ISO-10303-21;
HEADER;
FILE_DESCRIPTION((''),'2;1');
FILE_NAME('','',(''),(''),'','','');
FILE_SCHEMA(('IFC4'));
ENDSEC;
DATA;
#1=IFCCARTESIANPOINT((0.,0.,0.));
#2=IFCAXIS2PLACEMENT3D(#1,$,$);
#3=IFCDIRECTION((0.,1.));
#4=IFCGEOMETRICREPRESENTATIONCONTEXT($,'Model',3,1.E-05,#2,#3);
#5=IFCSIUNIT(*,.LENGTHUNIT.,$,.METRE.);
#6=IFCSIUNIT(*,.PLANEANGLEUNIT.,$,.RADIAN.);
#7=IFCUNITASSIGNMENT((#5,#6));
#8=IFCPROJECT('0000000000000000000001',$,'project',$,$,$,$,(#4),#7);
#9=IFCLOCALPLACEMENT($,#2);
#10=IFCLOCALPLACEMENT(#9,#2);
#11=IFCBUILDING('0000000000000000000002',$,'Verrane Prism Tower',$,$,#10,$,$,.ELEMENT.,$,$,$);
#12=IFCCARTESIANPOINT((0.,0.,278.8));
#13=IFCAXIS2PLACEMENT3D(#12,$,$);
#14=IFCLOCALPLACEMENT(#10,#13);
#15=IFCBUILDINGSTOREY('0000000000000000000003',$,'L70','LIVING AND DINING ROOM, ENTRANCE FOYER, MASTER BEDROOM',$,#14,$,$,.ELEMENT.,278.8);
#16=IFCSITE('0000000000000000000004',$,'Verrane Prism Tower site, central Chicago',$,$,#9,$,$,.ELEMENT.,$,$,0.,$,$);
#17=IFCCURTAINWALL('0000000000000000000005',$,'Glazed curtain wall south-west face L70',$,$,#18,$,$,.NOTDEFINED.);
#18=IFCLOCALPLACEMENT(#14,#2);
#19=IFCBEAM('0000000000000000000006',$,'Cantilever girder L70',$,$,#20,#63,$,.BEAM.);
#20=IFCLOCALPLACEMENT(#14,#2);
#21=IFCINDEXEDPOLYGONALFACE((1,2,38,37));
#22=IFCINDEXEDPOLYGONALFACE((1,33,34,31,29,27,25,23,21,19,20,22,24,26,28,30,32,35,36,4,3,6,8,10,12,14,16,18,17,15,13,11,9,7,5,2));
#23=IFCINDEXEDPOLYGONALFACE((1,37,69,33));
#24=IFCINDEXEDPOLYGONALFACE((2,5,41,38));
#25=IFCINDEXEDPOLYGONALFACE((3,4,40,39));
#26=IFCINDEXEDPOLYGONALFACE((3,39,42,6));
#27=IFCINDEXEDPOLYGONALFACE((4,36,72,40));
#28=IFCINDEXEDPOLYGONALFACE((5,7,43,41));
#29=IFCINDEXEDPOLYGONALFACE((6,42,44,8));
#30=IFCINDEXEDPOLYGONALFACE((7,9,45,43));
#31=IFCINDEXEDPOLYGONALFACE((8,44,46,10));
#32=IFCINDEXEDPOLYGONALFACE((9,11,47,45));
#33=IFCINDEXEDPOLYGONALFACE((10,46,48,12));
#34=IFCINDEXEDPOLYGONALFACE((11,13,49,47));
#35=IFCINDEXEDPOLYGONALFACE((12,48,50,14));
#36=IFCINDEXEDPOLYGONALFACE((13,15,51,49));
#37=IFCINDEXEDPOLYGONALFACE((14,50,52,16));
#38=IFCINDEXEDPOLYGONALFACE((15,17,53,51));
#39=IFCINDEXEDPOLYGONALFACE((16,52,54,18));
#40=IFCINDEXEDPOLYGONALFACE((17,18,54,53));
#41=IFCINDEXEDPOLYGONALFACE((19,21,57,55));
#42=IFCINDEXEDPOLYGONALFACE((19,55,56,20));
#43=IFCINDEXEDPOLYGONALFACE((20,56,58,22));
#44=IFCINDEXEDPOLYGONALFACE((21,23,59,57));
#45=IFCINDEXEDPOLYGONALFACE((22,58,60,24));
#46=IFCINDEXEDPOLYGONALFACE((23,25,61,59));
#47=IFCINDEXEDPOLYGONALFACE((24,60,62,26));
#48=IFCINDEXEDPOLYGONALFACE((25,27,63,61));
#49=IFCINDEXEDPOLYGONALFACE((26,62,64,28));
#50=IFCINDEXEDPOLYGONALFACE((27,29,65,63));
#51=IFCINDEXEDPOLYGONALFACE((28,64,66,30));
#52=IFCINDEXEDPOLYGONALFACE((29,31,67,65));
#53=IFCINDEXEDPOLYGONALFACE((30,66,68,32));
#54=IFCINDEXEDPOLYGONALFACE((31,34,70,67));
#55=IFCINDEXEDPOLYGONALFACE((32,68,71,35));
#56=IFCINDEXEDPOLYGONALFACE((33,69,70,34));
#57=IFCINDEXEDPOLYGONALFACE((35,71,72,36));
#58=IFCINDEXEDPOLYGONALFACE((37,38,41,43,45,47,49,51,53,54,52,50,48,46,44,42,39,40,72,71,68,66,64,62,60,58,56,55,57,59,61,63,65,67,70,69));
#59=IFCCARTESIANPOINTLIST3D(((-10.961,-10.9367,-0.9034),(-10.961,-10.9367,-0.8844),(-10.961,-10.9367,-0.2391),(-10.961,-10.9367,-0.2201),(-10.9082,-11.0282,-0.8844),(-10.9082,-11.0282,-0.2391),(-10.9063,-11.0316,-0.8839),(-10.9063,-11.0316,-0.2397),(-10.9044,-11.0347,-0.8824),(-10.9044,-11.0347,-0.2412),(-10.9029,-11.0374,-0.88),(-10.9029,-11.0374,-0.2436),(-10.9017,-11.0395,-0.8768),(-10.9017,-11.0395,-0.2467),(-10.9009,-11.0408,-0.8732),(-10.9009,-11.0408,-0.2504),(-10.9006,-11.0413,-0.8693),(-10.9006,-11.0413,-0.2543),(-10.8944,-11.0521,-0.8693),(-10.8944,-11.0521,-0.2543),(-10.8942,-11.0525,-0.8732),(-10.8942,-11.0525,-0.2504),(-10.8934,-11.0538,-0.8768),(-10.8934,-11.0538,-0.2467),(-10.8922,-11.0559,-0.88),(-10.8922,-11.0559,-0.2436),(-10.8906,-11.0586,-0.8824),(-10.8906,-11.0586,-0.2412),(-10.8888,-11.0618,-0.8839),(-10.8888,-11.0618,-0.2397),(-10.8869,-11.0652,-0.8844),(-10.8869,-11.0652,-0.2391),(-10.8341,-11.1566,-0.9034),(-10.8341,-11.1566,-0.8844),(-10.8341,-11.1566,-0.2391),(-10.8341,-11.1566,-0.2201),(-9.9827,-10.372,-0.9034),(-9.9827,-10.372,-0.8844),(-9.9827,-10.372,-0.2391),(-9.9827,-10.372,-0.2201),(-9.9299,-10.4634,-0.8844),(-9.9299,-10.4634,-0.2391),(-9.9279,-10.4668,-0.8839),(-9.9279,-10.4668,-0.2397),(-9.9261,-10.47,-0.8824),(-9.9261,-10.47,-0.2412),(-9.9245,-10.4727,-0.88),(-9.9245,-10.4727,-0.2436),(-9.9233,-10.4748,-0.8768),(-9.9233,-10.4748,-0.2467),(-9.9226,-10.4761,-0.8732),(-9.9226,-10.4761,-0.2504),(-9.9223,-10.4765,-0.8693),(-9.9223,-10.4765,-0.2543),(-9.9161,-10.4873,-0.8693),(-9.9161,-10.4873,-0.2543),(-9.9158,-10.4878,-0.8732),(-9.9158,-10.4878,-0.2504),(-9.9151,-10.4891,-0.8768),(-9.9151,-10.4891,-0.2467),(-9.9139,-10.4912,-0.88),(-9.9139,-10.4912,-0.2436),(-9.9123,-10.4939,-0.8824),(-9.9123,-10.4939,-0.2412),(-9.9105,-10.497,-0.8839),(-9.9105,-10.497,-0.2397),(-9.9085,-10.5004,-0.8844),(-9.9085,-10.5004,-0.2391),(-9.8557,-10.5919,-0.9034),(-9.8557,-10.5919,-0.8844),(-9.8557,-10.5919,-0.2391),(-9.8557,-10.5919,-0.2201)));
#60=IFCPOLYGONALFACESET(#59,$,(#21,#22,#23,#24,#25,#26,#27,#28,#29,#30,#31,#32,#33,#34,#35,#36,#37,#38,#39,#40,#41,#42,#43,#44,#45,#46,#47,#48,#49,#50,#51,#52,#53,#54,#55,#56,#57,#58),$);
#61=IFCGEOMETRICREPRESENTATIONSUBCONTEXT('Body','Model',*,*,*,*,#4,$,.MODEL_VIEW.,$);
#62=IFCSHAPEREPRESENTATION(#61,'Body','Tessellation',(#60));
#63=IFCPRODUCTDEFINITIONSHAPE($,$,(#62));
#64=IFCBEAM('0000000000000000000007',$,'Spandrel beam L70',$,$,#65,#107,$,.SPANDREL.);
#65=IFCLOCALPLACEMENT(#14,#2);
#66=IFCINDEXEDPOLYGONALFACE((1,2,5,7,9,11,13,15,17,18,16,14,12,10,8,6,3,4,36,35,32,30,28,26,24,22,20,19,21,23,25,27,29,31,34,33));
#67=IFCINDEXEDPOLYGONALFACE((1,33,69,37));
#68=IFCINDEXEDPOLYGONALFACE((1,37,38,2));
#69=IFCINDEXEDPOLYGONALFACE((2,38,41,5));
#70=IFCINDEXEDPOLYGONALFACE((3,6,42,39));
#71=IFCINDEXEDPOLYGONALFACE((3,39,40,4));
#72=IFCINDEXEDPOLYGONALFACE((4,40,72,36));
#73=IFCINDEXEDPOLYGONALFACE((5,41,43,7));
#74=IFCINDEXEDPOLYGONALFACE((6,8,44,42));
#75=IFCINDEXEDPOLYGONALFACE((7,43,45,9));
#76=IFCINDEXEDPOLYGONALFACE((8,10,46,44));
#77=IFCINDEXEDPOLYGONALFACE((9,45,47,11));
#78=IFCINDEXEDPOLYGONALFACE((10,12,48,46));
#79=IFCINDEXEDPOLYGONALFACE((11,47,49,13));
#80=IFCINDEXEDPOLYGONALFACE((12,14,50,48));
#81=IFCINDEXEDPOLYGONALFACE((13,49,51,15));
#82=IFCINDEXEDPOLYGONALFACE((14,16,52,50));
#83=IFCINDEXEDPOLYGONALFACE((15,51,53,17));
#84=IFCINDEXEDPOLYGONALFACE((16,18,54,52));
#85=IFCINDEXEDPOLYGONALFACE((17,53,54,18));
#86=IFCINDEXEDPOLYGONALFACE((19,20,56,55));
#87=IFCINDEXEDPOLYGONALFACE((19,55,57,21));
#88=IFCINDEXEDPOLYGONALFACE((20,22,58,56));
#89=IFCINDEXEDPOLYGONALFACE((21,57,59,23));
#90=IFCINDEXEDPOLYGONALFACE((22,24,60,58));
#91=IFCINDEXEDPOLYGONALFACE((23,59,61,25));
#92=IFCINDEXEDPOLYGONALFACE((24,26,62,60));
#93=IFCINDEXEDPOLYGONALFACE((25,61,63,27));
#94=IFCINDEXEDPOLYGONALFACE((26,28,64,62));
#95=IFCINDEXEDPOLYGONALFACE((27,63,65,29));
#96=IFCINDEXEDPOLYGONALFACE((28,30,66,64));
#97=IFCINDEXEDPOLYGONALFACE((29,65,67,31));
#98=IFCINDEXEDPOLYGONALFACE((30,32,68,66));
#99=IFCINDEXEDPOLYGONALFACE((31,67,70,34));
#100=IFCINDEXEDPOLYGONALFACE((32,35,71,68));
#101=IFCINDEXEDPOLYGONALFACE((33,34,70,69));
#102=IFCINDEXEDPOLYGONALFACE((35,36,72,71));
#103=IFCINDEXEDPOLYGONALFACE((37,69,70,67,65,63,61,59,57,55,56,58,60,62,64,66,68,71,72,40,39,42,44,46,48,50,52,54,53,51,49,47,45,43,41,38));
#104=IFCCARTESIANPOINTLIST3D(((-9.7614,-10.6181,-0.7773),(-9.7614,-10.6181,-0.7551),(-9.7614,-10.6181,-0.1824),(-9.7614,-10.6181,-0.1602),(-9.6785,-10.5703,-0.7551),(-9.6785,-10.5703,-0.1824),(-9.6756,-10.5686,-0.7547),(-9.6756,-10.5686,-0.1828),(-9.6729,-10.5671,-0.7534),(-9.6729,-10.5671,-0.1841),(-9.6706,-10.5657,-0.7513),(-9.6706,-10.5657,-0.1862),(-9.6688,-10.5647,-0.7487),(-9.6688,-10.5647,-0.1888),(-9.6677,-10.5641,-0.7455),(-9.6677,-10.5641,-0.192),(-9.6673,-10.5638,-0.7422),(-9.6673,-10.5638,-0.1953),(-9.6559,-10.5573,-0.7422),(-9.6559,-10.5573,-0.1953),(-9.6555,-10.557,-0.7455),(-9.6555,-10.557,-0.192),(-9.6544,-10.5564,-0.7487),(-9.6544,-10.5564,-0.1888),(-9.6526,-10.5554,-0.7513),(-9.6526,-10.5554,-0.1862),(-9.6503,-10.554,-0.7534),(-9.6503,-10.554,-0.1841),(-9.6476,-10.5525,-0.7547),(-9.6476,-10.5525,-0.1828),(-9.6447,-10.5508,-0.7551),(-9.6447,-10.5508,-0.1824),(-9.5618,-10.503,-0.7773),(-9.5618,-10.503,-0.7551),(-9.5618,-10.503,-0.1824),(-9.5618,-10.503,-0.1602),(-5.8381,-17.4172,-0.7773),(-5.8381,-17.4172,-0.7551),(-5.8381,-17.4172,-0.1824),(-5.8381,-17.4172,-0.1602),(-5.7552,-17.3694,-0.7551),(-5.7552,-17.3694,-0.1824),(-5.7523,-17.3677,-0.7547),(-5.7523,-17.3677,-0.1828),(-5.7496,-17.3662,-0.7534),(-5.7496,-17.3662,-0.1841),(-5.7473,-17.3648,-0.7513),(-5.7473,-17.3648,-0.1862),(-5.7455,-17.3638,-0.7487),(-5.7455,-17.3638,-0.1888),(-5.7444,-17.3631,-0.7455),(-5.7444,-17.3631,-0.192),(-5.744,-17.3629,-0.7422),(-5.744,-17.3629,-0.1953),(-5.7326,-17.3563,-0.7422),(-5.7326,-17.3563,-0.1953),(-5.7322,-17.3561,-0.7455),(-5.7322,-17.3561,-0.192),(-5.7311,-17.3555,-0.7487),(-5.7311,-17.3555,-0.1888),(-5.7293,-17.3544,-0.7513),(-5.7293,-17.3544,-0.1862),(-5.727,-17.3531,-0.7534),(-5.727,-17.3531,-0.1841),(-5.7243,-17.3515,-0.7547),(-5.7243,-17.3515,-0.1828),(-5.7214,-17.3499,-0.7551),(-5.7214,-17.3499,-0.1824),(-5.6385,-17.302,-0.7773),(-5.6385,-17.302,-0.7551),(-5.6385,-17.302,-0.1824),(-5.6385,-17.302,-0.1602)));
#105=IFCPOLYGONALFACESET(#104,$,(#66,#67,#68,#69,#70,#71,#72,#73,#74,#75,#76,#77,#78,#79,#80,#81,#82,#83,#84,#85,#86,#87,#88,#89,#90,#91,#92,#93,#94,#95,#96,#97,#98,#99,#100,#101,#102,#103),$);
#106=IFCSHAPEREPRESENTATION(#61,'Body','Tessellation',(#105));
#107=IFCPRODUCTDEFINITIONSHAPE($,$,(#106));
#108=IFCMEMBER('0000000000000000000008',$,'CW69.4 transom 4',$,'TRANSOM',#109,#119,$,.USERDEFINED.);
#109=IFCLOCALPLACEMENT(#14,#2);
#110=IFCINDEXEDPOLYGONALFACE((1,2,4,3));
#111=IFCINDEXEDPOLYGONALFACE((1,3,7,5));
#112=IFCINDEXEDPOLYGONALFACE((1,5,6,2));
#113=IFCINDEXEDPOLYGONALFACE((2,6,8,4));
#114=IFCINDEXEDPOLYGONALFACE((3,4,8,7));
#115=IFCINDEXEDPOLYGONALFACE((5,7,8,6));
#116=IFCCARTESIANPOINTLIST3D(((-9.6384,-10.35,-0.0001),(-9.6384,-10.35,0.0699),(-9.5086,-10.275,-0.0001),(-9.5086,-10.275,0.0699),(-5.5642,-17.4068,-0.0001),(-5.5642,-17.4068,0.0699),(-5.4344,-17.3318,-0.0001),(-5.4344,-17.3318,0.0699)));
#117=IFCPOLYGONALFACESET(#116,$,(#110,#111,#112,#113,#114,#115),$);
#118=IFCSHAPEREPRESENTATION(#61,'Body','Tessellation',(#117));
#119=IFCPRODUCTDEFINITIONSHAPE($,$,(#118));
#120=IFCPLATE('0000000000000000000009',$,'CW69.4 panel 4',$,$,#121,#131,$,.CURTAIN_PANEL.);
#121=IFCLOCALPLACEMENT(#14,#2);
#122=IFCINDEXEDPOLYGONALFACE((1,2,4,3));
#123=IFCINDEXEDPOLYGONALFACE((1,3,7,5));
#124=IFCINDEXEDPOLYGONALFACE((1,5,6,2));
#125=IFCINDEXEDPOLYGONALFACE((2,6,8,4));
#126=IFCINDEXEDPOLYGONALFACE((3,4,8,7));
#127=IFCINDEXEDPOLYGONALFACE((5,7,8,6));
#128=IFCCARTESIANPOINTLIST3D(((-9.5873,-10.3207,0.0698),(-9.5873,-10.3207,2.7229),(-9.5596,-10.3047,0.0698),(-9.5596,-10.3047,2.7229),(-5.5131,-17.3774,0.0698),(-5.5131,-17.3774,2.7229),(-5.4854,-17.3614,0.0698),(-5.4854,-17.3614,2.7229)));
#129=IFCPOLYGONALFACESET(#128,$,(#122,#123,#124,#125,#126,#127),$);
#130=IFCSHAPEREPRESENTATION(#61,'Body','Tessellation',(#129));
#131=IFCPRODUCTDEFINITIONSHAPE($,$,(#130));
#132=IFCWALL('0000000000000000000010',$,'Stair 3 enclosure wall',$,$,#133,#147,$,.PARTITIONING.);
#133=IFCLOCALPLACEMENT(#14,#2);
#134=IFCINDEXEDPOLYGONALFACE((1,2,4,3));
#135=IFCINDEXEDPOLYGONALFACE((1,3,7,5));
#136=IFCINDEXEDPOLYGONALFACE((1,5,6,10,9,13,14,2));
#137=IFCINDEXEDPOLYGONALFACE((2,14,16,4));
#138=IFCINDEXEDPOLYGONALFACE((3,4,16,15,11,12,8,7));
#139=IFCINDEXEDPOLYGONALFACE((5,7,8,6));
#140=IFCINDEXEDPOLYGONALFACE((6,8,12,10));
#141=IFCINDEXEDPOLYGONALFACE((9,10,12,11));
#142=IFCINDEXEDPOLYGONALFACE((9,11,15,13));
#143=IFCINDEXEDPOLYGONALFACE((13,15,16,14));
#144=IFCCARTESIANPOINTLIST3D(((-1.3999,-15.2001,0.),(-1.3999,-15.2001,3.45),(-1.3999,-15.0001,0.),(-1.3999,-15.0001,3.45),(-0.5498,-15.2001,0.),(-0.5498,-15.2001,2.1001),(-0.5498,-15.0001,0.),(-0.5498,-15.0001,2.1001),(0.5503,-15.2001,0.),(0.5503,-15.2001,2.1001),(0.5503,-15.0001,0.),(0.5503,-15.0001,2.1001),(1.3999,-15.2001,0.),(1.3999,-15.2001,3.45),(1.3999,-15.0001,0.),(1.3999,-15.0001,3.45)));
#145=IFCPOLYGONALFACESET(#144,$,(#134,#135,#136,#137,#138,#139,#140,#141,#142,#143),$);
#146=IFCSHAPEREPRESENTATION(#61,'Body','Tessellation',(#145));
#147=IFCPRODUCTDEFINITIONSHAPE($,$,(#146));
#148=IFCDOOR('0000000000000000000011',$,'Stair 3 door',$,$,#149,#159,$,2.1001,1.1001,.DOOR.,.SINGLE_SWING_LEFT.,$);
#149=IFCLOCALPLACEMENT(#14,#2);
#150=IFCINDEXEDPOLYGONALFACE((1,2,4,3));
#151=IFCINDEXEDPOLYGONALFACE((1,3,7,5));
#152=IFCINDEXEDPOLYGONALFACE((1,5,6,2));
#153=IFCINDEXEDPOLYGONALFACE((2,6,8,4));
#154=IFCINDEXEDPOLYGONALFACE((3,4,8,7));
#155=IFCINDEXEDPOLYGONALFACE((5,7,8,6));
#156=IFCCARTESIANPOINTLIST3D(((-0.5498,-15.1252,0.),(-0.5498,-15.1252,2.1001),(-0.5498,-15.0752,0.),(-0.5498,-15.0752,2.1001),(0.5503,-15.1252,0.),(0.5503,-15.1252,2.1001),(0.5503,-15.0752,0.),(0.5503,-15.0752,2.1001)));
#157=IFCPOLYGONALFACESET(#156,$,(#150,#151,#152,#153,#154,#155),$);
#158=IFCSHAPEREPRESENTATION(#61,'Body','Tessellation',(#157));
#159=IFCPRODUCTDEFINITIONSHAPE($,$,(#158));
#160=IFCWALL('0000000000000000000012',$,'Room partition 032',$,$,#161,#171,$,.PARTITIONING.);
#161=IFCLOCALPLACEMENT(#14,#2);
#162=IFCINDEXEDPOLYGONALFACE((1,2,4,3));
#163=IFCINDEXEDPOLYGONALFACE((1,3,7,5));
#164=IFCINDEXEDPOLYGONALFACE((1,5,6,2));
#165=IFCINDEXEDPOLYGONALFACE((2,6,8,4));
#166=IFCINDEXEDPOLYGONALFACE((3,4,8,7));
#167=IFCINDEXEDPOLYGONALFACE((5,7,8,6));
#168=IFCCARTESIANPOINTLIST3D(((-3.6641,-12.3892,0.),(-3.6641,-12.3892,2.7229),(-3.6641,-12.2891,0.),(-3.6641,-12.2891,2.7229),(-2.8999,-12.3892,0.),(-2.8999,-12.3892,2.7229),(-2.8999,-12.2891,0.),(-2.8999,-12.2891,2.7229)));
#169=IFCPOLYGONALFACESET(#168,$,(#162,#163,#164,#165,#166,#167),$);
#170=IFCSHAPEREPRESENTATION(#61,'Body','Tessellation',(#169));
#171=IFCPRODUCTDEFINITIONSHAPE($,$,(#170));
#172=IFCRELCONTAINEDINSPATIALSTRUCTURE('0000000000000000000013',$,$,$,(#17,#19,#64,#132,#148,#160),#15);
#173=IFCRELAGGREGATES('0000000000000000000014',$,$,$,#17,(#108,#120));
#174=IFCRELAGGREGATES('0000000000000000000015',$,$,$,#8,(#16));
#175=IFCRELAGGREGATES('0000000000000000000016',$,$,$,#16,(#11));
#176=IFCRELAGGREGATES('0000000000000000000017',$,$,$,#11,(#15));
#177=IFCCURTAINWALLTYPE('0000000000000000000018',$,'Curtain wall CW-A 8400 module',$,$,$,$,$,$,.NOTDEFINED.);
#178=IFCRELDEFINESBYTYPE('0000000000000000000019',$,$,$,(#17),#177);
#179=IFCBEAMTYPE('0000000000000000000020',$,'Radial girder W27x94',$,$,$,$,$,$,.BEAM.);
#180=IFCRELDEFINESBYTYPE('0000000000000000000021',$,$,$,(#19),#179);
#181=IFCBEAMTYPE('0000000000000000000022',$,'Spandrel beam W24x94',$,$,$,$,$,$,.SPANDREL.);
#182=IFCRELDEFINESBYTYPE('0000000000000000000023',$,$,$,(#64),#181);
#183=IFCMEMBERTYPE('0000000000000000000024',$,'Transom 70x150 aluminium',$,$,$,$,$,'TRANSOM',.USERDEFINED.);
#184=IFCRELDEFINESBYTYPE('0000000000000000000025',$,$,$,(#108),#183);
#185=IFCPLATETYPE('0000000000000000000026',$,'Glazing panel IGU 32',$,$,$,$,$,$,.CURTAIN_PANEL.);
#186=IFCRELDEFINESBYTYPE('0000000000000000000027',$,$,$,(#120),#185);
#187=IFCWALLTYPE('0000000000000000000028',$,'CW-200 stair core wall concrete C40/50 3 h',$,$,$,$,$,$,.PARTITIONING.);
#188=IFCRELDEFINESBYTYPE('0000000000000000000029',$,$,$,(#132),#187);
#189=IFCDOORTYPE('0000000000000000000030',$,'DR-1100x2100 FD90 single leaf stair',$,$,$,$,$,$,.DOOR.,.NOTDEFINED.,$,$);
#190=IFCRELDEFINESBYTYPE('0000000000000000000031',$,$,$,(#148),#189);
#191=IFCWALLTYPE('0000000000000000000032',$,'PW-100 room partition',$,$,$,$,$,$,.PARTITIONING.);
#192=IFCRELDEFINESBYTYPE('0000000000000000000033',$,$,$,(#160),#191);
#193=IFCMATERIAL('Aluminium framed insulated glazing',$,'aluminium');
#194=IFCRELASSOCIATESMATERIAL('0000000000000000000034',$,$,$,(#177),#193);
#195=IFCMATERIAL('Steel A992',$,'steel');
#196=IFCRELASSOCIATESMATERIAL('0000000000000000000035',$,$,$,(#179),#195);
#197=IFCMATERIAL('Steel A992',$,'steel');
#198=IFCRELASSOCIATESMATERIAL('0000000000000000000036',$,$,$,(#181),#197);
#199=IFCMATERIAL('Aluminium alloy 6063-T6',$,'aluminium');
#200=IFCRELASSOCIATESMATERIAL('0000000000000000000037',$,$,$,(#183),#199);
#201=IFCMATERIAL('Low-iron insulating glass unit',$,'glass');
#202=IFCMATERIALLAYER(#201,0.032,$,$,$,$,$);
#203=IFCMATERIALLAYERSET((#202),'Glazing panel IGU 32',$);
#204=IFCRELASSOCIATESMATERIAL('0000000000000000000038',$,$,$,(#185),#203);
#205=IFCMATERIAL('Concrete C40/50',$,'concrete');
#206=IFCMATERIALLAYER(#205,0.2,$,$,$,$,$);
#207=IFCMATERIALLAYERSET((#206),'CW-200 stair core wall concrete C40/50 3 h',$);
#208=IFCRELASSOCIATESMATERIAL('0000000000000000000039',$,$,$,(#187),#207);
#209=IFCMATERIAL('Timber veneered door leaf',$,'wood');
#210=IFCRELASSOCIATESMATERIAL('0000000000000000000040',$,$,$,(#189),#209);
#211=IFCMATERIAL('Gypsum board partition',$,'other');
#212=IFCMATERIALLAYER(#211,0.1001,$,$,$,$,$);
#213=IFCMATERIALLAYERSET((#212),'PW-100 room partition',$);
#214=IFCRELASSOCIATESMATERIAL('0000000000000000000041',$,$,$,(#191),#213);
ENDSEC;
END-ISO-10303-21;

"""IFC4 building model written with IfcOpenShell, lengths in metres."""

from ifc_helpers import new_model, si_unit, direction, frame, frame_2d, origin, origin_2d, place, context, subcontext, project, spatial, rectangle, i_section, extrude, material, layer, layer_set, material_profile, profile_set, type_object, element, fill, aggregate, save


model = new_model("IFC4")

# Units and contexts
model_context = context("Model", 3, precision=1e-05, world=origin(), true_north=direction((0.0, 1.0)))
body_context = subcontext(model_context, "Body", "Model", "MODEL_VIEW")
ifc_project = project(units=[si_unit("LENGTHUNIT", "METRE"), si_unit("PLANEANGLEUNIT", "RADIAN")], contexts=[model_context])

# Site, building, storey
site_placement = place(None, origin())
site = spatial("IfcSite", under=ifc_project, at=site_placement, Name="Verrane Prism Tower site, central Chicago", CompositionType="ELEMENT", RefElevation=0.0)
building_placement = place(site_placement, origin())
building = spatial("IfcBuilding", under=site, at=building_placement, Name="Verrane Prism Tower", CompositionType="ELEMENT")
storey_placement = place(building_placement, frame((0.0, 0.0, 278.8)))
storey = spatial("IfcBuildingStorey", under=building, at=storey_placement, Name="L70", Description="LIVING AND DINING ROOM, ENTRANCE FOYER, MASTER BEDROOM", CompositionType="ELEMENT", Elevation=278.8)

# Curtain wall
ifc_material_1 = material(Name="Aluminium framed insulated glazing", Category="aluminium")
curtain_wall_type = type_object("IfcCurtainWallType", Name="Curtain wall CW-A 8400 module", PredefinedType="NOTDEFINED", material=ifc_material_1)
curtain_wall_placement = place(storey_placement, origin())
curtain_wall = element("IfcCurtainWall", 1, at=curtain_wall_placement, inside=storey, type_object=curtain_wall_type, Name="Glazed curtain wall south-west face L70", PredefinedType="NOTDEFINED")

# Beams
ifc_material_2 = material(Name="Steel A992", Category="steel")
ifc_material_profile_1 = material_profile(ifc_material_2, i_section(OverallWidth=0.2539, OverallDepth=0.6833, WebThickness=0.0125, FlangeThickness=0.019, FilletRadius=0.0151, at=origin_2d()), Name="W27x94")
ifc_profile_set_1 = profile_set([ifc_material_profile_1], Name="Steel A992")
beam_type_1 = type_object("IfcBeamType", Name="Radial girder W27x94", PredefinedType="BEAM", material=ifc_profile_set_1)
beam_1_placement = place(storey_placement, frame((-9.9192, -10.4819, -0.5618), z_axis=(-0.866067, -0.499928, 0.0), x_axis=(0.499928, -0.866067, 0.0)))
element("IfcBeam", 2, at=beam_1_placement, inside=storey, type_object=beam_type_1, Name="Cantilever girder L70", PredefinedType="BEAM", context=body_context, shape_type="SweptSolid", body=[
    extrude(i_section(OverallWidth=0.2539, OverallDepth=0.6833, WebThickness=0.0125, FlangeThickness=0.019, FilletRadius=0.0151, at=origin_2d()), origin(), (0.0, 0.0, 1.0), 1.1296),
])
ifc_material_3 = material(Name="Steel A992", Category="steel")
ifc_material_profile_2 = material_profile(ifc_material_3, i_section(OverallWidth=0.2305, OverallDepth=0.6172, WebThickness=0.0132, FlangeThickness=0.0222, FilletRadius=0.0129, at=origin_2d()), Name="W24x94")
ifc_profile_set_2 = profile_set([ifc_material_profile_2], Name="Steel A992")
beam_type_2 = type_object("IfcBeamType", Name="Spandrel beam W24x94", PredefinedType="SPANDREL", material=ifc_profile_set_2)
beam_2_placement = place(storey_placement, frame((-9.6616, -10.5605, -0.4688), z_axis=(0.499799, -0.866142, 0.0), x_axis=(0.866142, 0.499799, 0.0)))
element("IfcBeam", 3, at=beam_2_placement, inside=storey, type_object=beam_type_2, Name="Spandrel beam L70", PredefinedType="SPANDREL", context=body_context, shape_type="SweptSolid", body=[
    extrude(i_section(OverallWidth=0.2305, OverallDepth=0.6172, WebThickness=0.0132, FlangeThickness=0.0222, FilletRadius=0.0129, at=origin_2d()), origin(), (0.0, 0.0, 1.0), 7.8499),
])

# Member
ifc_material_4 = material(Name="Aluminium alloy 6063-T6", Category="aluminium")
ifc_material_profile_3 = material_profile(ifc_material_4, rectangle(XDim=0.1499, YDim=0.0701, at=origin_2d()), Name="Transom 70x150 aluminium")
ifc_profile_set_3 = profile_set([ifc_material_profile_3], Name="Aluminium alloy 6063-T6")
member_type_1 = type_object("IfcMemberType", Name="Transom 70x150 aluminium", ElementType="TRANSOM", PredefinedType="USERDEFINED", material=ifc_profile_set_3)
member_1_placement = place(storey_placement, frame((-9.5735, -10.3125, 0.0349), z_axis=(0.499993, -0.866029, 0.0), x_axis=(0.866029, 0.499993, 0.0)))
member_1 = element("IfcMember", 4, at=member_1_placement, type_object=member_type_1, Name="CW69.4 transom 4", ObjectType="TRANSOM", PredefinedType="USERDEFINED", context=body_context, shape_type="SweptSolid", body=[
    extrude(rectangle(XDim=0.1499, YDim=0.0701, at=origin_2d()), origin(), (0.0, 0.0, 1.0), 8.1484),
])

# Plate
ifc_material_5 = material(Name="Low-iron insulating glass unit", Category="glass")
ifc_layer_1 = layer(ifc_material_5, 0.032)
ifc_layer_set_1 = layer_set([ifc_layer_1], Name="Glazing panel IGU 32")
plate_type = type_object("IfcPlateType", Name="Glazing panel IGU 32", PredefinedType="CURTAIN_PANEL", material=ifc_layer_set_1)
plate_placement = place(storey_placement, frame((-7.5364, -13.8411, 0.0698), z_axis=(0.0, 0.0, 1.0), x_axis=(0.500001, -0.866025, 0.0)))
plate = element("IfcPlate", 5, at=plate_placement, type_object=plate_type, Name="CW69.4 panel 4", PredefinedType="CURTAIN_PANEL", context=body_context, shape_type="SweptSolid", body=[
    extrude(rectangle(XDim=8.1484, YDim=0.032, at=origin_2d()), origin(), (0.0, 0.0, 1.0), 2.6531),
])
aggregate(curtain_wall, [member_1, plate])

# Wall, opening, door
ifc_material_6 = material(Name="Concrete C40/50", Category="concrete")
ifc_layer_2 = layer(ifc_material_6, 0.2)
ifc_layer_set_2 = layer_set([ifc_layer_2], Name="CW-200 stair core wall concrete C40/50 3 h")
wall_type_1 = type_object("IfcWallType", Name="CW-200 stair core wall concrete C40/50 3 h", PredefinedType="PARTITIONING", material=ifc_layer_set_2)
wall_1_placement = place(storey_placement, frame((-1.3999, -15.1001, 0.0), z_axis=(0.0, 0.0, 1.0), x_axis=(1.0, 0.0, 0.0)))
wall_1 = element("IfcWall", 6, at=wall_1_placement, inside=storey, type_object=wall_type_1, Name="Stair 3 enclosure wall", PredefinedType="PARTITIONING", context=body_context, shape_type="SweptSolid", body=[
    extrude(rectangle(XDim=2.7998, YDim=0.2, at=frame_2d((1.3999, 0.0))), origin(), (0.0, 0.0, 1.0), 3.45),
])
opening_1_placement = place(wall_1_placement, frame((0.8501, 0.0, 0.0)))
opening_1 = element("IfcOpeningElement", 7, at=opening_1_placement, cuts=wall_1, PredefinedType="OPENING", context=body_context, shape_type="SweptSolid", body=[
    extrude(rectangle(XDim=1.1001, YDim=2.1001, at=frame_2d((0.55, 1.05))), frame((0.0, 0.1099, 0.0), z_axis=(0.0, -1.0, 0.0), x_axis=(1.0, 0.0, 0.0)), (0.0, 0.0, 1.0), 0.22),
])
ifc_material_7 = material(Name="Timber veneered door leaf", Category="wood")
door_type_1 = type_object("IfcDoorType", Name="DR-1100x2100 FD90 single leaf stair", OperationType="NOTDEFINED", PredefinedType="DOOR", material=ifc_material_7)
door_1_placement = place(opening_1_placement, origin())
door_1 = element("IfcDoor", 8, at=door_1_placement, inside=storey, type_object=door_type_1, Name="Stair 3 door", OperationType="SINGLE_SWING_LEFT", OverallHeight=2.1001, OverallWidth=1.1001, PredefinedType="DOOR", context=body_context, shape_type="SweptSolid", body=[
    extrude(rectangle(XDim=1.1001, YDim=2.1001, at=frame_2d((0.55, 1.05))), frame((0.0, 0.0249, 0.0), z_axis=(0.0, -1.0, 0.0), x_axis=(1.0, 0.0, 0.0)), (0.0, 0.0, 1.0), 0.05),
])
fill(opening_1, door_1)

# Wall
ifc_material_8 = material(Name="Gypsum board partition", Category="other")
ifc_layer_3 = layer(ifc_material_8, 0.1001)
ifc_layer_set_3 = layer_set([ifc_layer_3], Name="PW-100 room partition")
wall_type_2 = type_object("IfcWallType", Name="PW-100 room partition", PredefinedType="PARTITIONING", material=ifc_layer_set_3)
wall_2_placement = place(storey_placement, frame((-3.6641, -12.3391, 0.0), z_axis=(0.0, 0.0, 1.0), x_axis=(1.0, 0.0, 0.0)))
element("IfcWall", 9, at=wall_2_placement, inside=storey, type_object=wall_type_2, Name="Room partition 032", PredefinedType="PARTITIONING", context=body_context, shape_type="SweptSolid", body=[
    extrude(rectangle(XDim=0.7642, YDim=0.1001, at=frame_2d((0.3821, 0.0))), origin(), (0.0, 0.0, 1.0), 2.7229),
])

save(model, "model.ifc")
